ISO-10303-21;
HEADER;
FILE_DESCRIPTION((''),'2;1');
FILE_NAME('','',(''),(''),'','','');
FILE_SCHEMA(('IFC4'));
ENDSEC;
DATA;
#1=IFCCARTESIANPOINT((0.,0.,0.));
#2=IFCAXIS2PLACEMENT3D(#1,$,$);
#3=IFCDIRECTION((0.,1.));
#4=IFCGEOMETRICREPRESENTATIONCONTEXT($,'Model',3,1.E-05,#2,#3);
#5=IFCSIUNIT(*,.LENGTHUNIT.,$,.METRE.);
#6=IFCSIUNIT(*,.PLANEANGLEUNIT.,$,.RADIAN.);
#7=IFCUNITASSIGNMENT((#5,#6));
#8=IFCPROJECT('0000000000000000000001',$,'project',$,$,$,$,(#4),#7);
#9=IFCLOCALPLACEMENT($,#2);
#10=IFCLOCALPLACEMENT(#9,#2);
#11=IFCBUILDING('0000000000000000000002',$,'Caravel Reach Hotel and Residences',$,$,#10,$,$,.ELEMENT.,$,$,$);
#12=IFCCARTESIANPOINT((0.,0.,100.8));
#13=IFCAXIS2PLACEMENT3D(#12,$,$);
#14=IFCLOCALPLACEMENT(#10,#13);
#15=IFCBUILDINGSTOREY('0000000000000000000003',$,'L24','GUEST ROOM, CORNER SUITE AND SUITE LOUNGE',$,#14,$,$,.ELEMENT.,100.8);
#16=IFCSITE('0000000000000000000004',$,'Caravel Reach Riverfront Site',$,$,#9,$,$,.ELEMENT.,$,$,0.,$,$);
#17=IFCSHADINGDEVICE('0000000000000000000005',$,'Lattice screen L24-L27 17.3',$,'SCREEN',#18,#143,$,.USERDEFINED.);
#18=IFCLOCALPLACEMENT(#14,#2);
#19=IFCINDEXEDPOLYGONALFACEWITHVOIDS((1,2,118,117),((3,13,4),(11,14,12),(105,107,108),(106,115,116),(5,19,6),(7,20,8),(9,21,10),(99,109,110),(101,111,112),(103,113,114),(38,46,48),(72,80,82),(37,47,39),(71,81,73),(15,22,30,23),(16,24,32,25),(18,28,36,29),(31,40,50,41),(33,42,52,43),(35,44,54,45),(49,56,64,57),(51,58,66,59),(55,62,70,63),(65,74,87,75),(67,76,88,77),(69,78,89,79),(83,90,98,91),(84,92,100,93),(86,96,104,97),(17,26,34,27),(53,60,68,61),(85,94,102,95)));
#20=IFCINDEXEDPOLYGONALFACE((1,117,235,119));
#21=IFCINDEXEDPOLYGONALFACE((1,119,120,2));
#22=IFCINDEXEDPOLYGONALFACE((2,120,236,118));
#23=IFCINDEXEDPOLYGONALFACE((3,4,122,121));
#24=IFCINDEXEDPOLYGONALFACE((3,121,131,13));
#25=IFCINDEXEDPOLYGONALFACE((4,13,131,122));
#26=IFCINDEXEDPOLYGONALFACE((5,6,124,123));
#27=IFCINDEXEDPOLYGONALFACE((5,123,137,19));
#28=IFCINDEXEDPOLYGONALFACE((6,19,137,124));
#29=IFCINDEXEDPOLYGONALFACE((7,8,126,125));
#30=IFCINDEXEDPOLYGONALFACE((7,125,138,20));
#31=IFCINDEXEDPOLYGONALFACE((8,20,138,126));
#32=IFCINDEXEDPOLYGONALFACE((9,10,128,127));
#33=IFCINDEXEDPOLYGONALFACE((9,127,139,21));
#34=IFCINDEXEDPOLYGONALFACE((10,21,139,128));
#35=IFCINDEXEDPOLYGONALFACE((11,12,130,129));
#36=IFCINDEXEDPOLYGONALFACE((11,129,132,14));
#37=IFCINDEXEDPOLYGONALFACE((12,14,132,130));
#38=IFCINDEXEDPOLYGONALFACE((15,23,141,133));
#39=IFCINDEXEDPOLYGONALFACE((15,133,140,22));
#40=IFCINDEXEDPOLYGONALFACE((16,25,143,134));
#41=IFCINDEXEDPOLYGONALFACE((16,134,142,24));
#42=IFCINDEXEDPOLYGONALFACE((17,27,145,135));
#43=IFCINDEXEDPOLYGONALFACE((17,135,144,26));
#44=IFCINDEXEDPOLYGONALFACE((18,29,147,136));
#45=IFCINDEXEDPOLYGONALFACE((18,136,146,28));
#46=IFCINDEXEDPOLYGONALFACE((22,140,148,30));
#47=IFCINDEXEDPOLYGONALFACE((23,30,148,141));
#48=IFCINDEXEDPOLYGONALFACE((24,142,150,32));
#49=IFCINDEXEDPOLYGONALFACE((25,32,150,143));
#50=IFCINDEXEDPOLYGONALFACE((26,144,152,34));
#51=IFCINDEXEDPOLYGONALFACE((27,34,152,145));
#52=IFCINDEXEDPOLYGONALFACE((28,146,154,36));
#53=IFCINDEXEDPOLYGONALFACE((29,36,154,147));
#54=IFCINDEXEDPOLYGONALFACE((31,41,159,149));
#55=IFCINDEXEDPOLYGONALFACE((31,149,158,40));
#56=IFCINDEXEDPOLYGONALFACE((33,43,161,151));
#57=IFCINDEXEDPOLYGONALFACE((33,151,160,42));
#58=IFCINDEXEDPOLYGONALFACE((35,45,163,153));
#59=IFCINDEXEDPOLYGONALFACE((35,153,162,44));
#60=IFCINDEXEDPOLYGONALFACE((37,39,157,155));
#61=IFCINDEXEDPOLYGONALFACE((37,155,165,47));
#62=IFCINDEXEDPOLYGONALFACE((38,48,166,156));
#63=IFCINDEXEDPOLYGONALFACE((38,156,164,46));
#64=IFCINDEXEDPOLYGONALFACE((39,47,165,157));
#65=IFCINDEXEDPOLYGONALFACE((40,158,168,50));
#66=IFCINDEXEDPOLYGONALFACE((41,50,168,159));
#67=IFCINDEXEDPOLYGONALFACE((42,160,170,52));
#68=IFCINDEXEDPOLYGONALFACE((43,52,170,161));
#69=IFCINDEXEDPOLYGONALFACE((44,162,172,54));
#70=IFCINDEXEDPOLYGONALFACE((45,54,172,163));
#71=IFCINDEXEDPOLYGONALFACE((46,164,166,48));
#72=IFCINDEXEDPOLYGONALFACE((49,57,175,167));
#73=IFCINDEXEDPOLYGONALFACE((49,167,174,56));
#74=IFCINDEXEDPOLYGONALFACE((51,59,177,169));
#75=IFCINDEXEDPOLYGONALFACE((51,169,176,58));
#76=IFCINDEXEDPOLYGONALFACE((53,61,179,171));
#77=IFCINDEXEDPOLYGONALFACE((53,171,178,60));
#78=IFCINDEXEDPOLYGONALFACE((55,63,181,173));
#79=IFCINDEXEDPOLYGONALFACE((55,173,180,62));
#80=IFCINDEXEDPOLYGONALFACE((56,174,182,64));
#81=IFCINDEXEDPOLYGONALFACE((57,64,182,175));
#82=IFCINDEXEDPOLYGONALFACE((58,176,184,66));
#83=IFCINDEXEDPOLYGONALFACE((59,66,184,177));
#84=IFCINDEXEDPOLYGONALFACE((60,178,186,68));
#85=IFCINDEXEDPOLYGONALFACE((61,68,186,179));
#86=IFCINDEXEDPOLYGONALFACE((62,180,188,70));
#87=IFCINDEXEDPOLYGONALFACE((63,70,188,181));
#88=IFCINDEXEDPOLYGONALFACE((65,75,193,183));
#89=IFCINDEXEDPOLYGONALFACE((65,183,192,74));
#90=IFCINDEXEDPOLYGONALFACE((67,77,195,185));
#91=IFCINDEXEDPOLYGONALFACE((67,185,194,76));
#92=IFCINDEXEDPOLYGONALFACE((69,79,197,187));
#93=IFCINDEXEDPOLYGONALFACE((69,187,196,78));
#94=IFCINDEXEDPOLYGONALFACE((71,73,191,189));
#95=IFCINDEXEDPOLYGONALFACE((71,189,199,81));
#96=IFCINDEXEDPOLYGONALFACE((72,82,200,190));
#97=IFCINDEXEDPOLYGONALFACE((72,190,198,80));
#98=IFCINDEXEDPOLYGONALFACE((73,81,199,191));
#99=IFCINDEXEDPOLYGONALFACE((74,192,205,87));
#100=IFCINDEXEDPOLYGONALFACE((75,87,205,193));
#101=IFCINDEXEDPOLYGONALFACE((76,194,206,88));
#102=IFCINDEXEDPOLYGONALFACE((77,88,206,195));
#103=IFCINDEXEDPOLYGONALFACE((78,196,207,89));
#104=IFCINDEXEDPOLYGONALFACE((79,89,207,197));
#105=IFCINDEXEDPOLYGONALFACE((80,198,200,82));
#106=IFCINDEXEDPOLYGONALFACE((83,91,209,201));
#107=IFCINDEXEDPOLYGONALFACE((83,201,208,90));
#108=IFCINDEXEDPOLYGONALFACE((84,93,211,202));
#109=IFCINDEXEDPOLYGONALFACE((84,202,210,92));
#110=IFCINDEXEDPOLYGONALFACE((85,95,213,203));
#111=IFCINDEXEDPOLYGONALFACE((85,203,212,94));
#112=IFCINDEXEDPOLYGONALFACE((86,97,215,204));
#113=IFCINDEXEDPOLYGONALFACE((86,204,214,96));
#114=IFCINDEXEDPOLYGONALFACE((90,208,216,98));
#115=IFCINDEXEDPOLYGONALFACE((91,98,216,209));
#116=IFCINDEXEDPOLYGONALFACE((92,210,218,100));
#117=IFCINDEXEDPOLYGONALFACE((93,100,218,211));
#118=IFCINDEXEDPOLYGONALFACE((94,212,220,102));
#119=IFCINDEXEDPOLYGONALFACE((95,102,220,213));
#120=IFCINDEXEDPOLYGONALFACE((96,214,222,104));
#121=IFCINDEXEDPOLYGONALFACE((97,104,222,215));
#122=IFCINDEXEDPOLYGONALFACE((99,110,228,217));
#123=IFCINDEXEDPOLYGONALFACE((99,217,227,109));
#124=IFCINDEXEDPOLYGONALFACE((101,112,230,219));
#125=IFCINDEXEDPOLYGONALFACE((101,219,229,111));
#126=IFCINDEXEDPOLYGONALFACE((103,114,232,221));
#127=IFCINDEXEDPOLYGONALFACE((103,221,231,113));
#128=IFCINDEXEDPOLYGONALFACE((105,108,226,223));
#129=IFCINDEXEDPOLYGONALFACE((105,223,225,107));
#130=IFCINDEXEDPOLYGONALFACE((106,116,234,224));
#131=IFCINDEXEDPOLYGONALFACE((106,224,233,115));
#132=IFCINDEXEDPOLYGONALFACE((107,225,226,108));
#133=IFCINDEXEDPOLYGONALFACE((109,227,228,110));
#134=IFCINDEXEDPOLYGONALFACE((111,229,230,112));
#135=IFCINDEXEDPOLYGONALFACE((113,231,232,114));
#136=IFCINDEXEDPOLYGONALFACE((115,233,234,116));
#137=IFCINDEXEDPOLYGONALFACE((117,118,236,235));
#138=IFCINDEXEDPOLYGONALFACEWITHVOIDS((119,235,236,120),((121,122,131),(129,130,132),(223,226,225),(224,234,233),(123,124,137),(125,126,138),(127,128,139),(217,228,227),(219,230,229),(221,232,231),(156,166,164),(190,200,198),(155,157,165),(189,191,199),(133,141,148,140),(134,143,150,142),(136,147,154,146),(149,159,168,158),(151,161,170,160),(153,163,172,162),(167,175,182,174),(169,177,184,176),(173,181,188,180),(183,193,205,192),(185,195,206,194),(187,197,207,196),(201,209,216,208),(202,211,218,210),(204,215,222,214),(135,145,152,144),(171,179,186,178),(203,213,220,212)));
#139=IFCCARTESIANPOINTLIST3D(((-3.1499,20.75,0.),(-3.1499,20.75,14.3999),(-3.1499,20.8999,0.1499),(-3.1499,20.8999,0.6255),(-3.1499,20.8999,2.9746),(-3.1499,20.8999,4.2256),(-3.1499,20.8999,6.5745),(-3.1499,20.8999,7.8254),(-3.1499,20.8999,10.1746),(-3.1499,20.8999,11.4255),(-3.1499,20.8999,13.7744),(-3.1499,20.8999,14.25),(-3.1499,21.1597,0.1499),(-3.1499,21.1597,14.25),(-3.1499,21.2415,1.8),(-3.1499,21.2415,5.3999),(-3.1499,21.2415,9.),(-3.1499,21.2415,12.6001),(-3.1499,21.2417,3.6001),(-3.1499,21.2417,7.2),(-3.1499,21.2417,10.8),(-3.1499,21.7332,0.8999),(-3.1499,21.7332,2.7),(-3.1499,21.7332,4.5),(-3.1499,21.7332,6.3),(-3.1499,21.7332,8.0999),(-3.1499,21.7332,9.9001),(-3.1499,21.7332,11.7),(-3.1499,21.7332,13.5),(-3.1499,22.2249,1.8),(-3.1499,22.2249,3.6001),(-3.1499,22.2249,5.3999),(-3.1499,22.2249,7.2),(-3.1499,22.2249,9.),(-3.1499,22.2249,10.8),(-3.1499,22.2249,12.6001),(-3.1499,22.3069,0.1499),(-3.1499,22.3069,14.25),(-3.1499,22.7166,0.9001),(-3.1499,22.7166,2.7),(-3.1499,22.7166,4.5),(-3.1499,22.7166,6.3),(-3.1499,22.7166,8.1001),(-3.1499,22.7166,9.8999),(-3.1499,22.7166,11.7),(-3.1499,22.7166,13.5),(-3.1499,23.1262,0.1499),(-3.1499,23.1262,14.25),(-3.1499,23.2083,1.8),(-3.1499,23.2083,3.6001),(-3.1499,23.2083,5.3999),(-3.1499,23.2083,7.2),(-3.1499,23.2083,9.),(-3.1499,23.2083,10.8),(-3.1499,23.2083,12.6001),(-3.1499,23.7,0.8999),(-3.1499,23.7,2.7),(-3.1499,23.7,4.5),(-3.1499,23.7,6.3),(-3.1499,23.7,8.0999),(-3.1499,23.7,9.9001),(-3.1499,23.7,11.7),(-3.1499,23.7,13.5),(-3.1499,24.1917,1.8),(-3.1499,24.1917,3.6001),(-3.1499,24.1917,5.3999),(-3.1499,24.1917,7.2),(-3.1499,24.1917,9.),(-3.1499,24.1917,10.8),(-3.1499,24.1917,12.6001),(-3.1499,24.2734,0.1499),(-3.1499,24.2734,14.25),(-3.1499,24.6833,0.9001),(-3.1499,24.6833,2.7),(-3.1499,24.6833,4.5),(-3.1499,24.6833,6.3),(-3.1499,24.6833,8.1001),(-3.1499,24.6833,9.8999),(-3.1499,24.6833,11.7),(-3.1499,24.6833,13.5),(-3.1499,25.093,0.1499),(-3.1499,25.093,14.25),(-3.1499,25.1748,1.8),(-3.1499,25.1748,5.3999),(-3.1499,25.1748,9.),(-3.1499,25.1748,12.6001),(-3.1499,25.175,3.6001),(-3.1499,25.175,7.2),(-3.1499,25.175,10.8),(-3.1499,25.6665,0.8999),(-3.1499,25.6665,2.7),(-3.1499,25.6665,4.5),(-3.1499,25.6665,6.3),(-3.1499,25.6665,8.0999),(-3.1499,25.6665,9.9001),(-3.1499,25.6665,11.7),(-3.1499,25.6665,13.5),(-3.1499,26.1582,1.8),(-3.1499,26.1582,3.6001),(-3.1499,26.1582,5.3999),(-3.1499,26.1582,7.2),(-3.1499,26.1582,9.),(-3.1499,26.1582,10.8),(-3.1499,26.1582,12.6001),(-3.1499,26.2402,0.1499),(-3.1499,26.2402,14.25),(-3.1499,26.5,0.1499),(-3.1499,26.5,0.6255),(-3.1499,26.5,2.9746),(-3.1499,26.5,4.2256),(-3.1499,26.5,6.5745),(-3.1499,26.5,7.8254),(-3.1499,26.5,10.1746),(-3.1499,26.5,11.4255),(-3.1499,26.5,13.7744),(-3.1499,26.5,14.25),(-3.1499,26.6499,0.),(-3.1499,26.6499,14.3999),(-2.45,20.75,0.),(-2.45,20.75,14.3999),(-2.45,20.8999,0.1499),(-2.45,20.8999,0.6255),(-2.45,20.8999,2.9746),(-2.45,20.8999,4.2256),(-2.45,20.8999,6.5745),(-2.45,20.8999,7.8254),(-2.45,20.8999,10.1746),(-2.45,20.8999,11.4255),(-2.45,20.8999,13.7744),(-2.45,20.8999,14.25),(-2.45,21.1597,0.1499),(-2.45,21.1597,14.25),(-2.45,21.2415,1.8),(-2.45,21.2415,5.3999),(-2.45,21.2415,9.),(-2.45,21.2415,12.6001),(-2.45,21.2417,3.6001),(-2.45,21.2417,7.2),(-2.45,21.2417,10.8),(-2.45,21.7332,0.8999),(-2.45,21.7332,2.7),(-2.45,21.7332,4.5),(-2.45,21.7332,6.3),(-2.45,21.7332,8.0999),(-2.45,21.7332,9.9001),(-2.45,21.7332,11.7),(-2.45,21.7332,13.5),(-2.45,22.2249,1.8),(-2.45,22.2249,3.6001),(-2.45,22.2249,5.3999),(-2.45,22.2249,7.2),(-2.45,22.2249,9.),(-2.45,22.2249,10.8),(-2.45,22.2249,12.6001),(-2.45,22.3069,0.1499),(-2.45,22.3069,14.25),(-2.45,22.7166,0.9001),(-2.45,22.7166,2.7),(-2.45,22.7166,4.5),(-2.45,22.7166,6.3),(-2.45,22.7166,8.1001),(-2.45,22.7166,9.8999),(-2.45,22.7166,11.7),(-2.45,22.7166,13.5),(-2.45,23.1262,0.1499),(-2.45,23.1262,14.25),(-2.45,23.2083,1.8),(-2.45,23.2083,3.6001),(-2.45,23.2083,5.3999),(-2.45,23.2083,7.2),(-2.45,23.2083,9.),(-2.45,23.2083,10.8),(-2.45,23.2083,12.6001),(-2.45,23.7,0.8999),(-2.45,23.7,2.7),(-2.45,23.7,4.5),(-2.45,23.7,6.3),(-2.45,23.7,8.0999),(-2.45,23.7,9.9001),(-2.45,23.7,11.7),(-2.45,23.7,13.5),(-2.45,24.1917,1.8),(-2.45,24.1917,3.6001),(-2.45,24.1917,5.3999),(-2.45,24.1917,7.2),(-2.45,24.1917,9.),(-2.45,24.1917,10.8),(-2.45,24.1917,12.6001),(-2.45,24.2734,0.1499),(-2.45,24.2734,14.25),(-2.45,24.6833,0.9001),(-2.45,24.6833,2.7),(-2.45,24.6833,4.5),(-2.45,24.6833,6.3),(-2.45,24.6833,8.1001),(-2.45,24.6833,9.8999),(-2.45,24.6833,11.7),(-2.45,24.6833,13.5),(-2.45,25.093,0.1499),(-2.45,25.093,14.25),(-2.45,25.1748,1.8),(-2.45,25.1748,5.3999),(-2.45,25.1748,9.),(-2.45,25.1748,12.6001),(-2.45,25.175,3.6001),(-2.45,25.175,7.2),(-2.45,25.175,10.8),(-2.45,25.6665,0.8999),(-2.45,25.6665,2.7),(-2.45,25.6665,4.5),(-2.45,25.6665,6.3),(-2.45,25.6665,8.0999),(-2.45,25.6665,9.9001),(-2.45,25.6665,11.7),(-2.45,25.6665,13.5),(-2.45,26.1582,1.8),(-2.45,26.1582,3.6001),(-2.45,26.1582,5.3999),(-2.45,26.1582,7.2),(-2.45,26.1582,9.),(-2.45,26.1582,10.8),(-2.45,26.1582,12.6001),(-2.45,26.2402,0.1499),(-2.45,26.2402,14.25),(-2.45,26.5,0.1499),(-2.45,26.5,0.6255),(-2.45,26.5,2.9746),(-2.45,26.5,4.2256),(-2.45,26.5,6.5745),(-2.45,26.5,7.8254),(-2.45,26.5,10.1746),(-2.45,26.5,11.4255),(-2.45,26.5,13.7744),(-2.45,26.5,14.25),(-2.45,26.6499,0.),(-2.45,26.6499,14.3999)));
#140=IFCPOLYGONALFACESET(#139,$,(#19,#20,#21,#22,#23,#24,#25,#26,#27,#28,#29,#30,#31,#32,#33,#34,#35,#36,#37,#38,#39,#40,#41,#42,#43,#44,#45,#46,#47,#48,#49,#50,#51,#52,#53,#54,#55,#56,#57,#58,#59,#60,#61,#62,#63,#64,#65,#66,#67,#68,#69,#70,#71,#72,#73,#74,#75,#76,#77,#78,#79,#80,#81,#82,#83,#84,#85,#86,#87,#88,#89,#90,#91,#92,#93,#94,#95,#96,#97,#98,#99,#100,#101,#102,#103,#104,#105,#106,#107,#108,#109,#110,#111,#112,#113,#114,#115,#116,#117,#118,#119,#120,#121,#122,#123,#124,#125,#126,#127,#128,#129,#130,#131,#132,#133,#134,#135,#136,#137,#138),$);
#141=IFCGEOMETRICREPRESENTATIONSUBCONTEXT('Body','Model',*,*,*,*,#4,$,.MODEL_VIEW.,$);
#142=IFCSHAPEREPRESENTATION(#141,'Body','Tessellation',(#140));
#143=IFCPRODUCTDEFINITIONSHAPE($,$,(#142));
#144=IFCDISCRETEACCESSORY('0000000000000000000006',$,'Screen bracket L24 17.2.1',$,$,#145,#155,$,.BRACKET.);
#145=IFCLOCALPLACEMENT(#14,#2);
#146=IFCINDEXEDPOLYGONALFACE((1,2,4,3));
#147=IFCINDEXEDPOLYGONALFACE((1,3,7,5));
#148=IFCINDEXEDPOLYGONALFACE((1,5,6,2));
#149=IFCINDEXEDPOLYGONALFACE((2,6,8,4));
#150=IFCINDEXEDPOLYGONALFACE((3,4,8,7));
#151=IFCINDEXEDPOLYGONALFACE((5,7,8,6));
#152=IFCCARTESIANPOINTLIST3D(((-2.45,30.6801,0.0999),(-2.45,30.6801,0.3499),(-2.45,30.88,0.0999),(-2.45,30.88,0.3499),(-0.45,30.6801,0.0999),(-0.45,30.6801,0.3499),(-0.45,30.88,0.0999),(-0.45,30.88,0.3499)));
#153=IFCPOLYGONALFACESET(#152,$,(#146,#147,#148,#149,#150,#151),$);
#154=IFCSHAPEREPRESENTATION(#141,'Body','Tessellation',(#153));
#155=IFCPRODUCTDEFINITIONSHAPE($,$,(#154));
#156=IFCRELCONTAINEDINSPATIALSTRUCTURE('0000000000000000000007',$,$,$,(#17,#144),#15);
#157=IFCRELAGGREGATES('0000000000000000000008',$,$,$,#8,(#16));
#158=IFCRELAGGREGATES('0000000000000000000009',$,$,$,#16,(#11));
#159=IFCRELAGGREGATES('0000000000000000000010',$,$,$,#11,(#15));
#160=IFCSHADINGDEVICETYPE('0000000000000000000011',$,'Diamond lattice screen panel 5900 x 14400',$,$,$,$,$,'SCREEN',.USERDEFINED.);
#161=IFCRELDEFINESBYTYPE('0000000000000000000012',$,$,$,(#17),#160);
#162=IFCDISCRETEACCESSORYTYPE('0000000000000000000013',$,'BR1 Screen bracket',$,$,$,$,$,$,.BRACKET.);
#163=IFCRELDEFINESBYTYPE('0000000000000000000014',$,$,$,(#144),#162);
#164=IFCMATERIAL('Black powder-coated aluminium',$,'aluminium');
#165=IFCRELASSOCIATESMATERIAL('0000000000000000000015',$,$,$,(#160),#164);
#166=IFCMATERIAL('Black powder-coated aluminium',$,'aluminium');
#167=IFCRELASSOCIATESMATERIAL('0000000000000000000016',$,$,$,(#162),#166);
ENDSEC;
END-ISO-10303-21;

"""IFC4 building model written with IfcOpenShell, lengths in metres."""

from ifc_helpers import new_model, si_unit, direction, frame, origin, origin_2d, place, context, subcontext, project, spatial, polyline, rectangle, outline, extrude, material, type_object, element, save


model = new_model("IFC4")

# Units and contexts
model_context = context("Model", 3, precision=1e-05, world=origin(), true_north=direction((0.0, 1.0)))
body_context = subcontext(model_context, "Body", "Model", "MODEL_VIEW")
ifc_project = project(units=[si_unit("LENGTHUNIT", "METRE"), si_unit("PLANEANGLEUNIT", "RADIAN")], contexts=[model_context])

# Site, building, storey
site_placement = place(None, origin())
site = spatial("IfcSite", under=ifc_project, at=site_placement, Name="Caravel Reach Riverfront Site", CompositionType="ELEMENT", RefElevation=0.0)
building_placement = place(site_placement, origin())
building = spatial("IfcBuilding", under=site, at=building_placement, Name="Caravel Reach Hotel and Residences", CompositionType="ELEMENT")
storey_placement = place(building_placement, frame((0.0, 0.0, 100.8)))
storey = spatial("IfcBuildingStorey", under=building, at=storey_placement, Name="L24", Description="GUEST ROOM, CORNER SUITE AND SUITE LOUNGE", CompositionType="ELEMENT", Elevation=100.8)

# Shading device
ifc_material_1 = material(Name="Black powder-coated aluminium", Category="aluminium")
shading_device_type = type_object("IfcShadingDeviceType", Name="Diamond lattice screen panel 5900 x 14400", ElementType="SCREEN", PredefinedType="USERDEFINED", material=ifc_material_1)
shading_device_placement = place(storey_placement, frame((-2.45, 26.6499, 0.0), z_axis=(-1.0, 0.0, 0.0), x_axis=(0.0, -1.0, 0.0)))
element("IfcShadingDevice", 1, at=shading_device_placement, inside=storey, type_object=shading_device_type, Name="Lattice screen L24-L27 17.3", ObjectType="SCREEN", PredefinedType="USERDEFINED", context=body_context, shape_type="SweptSolid", body=[
    extrude(outline(polyline([(0.0, 0.0), (5.8999, 0.0), (5.8999, 14.3999), (0.0, 14.3999), (0.0, 0.0)]), holes=[polyline([(0.4097, 0.1499), (0.1499, 0.6255), (0.1499, 0.1499), (0.4097, 0.1499)]), polyline([(0.4917, 3.6001), (0.1499, 4.2256), (0.1499, 2.9746), (0.4917, 3.6001)]), polyline([(0.4917, 7.2), (0.1499, 7.8254), (0.1499, 6.5745), (0.4917, 7.2)]), polyline([(0.4917, 10.8), (0.1499, 11.4255), (0.1499, 10.1746), (0.4917, 10.8)]), polyline([(0.1499, 13.7744), (0.4097, 14.25), (0.1499, 14.25), (0.1499, 13.7744)]), polyline([(0.9834, 2.7), (0.4917, 1.8), (0.9834, 0.8999), (1.4751, 1.8), (0.9834, 2.7)]), polyline([(0.9834, 6.3), (0.4917, 5.3999), (0.9834, 4.5), (1.4751, 5.3999), (0.9834, 6.3)]), polyline([(0.9834, 9.9001), (0.4917, 9.0), (0.9834, 8.0999), (1.4751, 9.0), (0.9834, 9.9001)]), polyline([(0.9834, 13.5), (0.4917, 12.6001), (0.9834, 11.7), (1.4751, 12.6001), (0.9834, 13.5)]), polyline([(1.9666, 0.9001), (1.5569, 0.1499), (2.3765, 0.1499), (1.9666, 0.9001)]), polyline([(1.9666, 4.5), (1.4749, 3.6001), (1.9666, 2.7), (2.4583, 3.6001), (1.9666, 4.5)]), polyline([(1.9666, 8.1001), (1.4749, 7.2), (1.9666, 6.3), (2.4583, 7.2), (1.9666, 8.1001)]), polyline([(1.9666, 11.7), (1.4749, 10.8), (1.9666, 9.8999), (2.4583, 10.8), (1.9666, 11.7)]), polyline([(1.9666, 13.5), (2.3765, 14.25), (1.5569, 14.25), (1.9666, 13.5)]), polyline([(2.95, 2.7), (2.4583, 1.8), (2.95, 0.8999), (3.4417, 1.8), (2.95, 2.7)]), polyline([(2.95, 6.3), (2.4583, 5.3999), (2.95, 4.5), (3.4417, 5.3999), (2.95, 6.3)]), polyline([(2.95, 9.9001), (2.4583, 9.0), (2.95, 8.0999), (3.4417, 9.0), (2.95, 9.9001)]), polyline([(2.95, 13.5), (2.4583, 12.6001), (2.95, 11.7), (3.4417, 12.6001), (2.95, 13.5)]), polyline([(3.9333, 0.9001), (3.5237, 0.1499), (4.343, 0.1499), (3.9333, 0.9001)]), polyline([(3.9333, 4.5), (3.4417, 3.6001), (3.9333, 2.7), (4.425, 3.6001), (3.9333, 4.5)]), polyline([(3.9333, 8.1001), (3.4417, 7.2), (3.9333, 6.3), (4.425, 7.2), (3.9333, 8.1001)]), polyline([(3.9333, 11.7), (3.4417, 10.8), (3.9333, 9.8999), (4.425, 10.8), (3.9333, 11.7)]), polyline([(3.9333, 13.5), (4.343, 14.25), (3.5237, 14.25), (3.9333, 13.5)]), polyline([(4.9167, 2.7), (4.425, 1.8), (4.9167, 0.8999), (5.4084, 1.8), (4.9167, 2.7)]), polyline([(4.9167, 6.3), (4.425, 5.3999), (4.9167, 4.5), (5.4084, 5.3999), (4.9167, 6.3)]), polyline([(4.9167, 9.9001), (4.425, 9.0), (4.9167, 8.0999), (5.4084, 9.0), (4.9167, 9.9001)]), polyline([(4.9167, 13.5), (4.425, 12.6001), (4.9167, 11.7), (5.4084, 12.6001), (4.9167, 13.5)]), polyline([(5.75, 0.6255), (5.4902, 0.1499), (5.75, 0.1499), (5.75, 0.6255)]), polyline([(5.4082, 3.6001), (5.75, 2.9746), (5.75, 4.2256), (5.4082, 3.6001)]), polyline([(5.4082, 7.2), (5.75, 6.5745), (5.75, 7.8254), (5.4082, 7.2)]), polyline([(5.4082, 10.8), (5.75, 10.1746), (5.75, 11.4255), (5.4082, 10.8)]), polyline([(5.4902, 14.25), (5.75, 13.7744), (5.75, 14.25), (5.4902, 14.25)])]), origin(), (0.0, 0.0, 1.0), 0.7),
])

# Discrete accessory
ifc_material_2 = material(Name="Black powder-coated aluminium", Category="aluminium")
discrete_accessory_type = type_object("IfcDiscreteAccessoryType", Name="BR1 Screen bracket", PredefinedType="BRACKET", material=ifc_material_2)
discrete_accessory_placement = place(storey_placement, frame((-1.45, 30.78, 0.0999), z_axis=(0.0, 0.0, 1.0), x_axis=(-1.0, 0.0, 0.0)))
element("IfcDiscreteAccessory", 2, at=discrete_accessory_placement, inside=storey, type_object=discrete_accessory_type, Name="Screen bracket L24 17.2.1", PredefinedType="BRACKET", context=body_context, shape_type="SweptSolid", body=[
    extrude(rectangle(XDim=2.0, YDim=0.2, at=origin_2d()), origin(), (0.0, 0.0, 1.0), 0.25),
])

save(model, "model.ifc")
